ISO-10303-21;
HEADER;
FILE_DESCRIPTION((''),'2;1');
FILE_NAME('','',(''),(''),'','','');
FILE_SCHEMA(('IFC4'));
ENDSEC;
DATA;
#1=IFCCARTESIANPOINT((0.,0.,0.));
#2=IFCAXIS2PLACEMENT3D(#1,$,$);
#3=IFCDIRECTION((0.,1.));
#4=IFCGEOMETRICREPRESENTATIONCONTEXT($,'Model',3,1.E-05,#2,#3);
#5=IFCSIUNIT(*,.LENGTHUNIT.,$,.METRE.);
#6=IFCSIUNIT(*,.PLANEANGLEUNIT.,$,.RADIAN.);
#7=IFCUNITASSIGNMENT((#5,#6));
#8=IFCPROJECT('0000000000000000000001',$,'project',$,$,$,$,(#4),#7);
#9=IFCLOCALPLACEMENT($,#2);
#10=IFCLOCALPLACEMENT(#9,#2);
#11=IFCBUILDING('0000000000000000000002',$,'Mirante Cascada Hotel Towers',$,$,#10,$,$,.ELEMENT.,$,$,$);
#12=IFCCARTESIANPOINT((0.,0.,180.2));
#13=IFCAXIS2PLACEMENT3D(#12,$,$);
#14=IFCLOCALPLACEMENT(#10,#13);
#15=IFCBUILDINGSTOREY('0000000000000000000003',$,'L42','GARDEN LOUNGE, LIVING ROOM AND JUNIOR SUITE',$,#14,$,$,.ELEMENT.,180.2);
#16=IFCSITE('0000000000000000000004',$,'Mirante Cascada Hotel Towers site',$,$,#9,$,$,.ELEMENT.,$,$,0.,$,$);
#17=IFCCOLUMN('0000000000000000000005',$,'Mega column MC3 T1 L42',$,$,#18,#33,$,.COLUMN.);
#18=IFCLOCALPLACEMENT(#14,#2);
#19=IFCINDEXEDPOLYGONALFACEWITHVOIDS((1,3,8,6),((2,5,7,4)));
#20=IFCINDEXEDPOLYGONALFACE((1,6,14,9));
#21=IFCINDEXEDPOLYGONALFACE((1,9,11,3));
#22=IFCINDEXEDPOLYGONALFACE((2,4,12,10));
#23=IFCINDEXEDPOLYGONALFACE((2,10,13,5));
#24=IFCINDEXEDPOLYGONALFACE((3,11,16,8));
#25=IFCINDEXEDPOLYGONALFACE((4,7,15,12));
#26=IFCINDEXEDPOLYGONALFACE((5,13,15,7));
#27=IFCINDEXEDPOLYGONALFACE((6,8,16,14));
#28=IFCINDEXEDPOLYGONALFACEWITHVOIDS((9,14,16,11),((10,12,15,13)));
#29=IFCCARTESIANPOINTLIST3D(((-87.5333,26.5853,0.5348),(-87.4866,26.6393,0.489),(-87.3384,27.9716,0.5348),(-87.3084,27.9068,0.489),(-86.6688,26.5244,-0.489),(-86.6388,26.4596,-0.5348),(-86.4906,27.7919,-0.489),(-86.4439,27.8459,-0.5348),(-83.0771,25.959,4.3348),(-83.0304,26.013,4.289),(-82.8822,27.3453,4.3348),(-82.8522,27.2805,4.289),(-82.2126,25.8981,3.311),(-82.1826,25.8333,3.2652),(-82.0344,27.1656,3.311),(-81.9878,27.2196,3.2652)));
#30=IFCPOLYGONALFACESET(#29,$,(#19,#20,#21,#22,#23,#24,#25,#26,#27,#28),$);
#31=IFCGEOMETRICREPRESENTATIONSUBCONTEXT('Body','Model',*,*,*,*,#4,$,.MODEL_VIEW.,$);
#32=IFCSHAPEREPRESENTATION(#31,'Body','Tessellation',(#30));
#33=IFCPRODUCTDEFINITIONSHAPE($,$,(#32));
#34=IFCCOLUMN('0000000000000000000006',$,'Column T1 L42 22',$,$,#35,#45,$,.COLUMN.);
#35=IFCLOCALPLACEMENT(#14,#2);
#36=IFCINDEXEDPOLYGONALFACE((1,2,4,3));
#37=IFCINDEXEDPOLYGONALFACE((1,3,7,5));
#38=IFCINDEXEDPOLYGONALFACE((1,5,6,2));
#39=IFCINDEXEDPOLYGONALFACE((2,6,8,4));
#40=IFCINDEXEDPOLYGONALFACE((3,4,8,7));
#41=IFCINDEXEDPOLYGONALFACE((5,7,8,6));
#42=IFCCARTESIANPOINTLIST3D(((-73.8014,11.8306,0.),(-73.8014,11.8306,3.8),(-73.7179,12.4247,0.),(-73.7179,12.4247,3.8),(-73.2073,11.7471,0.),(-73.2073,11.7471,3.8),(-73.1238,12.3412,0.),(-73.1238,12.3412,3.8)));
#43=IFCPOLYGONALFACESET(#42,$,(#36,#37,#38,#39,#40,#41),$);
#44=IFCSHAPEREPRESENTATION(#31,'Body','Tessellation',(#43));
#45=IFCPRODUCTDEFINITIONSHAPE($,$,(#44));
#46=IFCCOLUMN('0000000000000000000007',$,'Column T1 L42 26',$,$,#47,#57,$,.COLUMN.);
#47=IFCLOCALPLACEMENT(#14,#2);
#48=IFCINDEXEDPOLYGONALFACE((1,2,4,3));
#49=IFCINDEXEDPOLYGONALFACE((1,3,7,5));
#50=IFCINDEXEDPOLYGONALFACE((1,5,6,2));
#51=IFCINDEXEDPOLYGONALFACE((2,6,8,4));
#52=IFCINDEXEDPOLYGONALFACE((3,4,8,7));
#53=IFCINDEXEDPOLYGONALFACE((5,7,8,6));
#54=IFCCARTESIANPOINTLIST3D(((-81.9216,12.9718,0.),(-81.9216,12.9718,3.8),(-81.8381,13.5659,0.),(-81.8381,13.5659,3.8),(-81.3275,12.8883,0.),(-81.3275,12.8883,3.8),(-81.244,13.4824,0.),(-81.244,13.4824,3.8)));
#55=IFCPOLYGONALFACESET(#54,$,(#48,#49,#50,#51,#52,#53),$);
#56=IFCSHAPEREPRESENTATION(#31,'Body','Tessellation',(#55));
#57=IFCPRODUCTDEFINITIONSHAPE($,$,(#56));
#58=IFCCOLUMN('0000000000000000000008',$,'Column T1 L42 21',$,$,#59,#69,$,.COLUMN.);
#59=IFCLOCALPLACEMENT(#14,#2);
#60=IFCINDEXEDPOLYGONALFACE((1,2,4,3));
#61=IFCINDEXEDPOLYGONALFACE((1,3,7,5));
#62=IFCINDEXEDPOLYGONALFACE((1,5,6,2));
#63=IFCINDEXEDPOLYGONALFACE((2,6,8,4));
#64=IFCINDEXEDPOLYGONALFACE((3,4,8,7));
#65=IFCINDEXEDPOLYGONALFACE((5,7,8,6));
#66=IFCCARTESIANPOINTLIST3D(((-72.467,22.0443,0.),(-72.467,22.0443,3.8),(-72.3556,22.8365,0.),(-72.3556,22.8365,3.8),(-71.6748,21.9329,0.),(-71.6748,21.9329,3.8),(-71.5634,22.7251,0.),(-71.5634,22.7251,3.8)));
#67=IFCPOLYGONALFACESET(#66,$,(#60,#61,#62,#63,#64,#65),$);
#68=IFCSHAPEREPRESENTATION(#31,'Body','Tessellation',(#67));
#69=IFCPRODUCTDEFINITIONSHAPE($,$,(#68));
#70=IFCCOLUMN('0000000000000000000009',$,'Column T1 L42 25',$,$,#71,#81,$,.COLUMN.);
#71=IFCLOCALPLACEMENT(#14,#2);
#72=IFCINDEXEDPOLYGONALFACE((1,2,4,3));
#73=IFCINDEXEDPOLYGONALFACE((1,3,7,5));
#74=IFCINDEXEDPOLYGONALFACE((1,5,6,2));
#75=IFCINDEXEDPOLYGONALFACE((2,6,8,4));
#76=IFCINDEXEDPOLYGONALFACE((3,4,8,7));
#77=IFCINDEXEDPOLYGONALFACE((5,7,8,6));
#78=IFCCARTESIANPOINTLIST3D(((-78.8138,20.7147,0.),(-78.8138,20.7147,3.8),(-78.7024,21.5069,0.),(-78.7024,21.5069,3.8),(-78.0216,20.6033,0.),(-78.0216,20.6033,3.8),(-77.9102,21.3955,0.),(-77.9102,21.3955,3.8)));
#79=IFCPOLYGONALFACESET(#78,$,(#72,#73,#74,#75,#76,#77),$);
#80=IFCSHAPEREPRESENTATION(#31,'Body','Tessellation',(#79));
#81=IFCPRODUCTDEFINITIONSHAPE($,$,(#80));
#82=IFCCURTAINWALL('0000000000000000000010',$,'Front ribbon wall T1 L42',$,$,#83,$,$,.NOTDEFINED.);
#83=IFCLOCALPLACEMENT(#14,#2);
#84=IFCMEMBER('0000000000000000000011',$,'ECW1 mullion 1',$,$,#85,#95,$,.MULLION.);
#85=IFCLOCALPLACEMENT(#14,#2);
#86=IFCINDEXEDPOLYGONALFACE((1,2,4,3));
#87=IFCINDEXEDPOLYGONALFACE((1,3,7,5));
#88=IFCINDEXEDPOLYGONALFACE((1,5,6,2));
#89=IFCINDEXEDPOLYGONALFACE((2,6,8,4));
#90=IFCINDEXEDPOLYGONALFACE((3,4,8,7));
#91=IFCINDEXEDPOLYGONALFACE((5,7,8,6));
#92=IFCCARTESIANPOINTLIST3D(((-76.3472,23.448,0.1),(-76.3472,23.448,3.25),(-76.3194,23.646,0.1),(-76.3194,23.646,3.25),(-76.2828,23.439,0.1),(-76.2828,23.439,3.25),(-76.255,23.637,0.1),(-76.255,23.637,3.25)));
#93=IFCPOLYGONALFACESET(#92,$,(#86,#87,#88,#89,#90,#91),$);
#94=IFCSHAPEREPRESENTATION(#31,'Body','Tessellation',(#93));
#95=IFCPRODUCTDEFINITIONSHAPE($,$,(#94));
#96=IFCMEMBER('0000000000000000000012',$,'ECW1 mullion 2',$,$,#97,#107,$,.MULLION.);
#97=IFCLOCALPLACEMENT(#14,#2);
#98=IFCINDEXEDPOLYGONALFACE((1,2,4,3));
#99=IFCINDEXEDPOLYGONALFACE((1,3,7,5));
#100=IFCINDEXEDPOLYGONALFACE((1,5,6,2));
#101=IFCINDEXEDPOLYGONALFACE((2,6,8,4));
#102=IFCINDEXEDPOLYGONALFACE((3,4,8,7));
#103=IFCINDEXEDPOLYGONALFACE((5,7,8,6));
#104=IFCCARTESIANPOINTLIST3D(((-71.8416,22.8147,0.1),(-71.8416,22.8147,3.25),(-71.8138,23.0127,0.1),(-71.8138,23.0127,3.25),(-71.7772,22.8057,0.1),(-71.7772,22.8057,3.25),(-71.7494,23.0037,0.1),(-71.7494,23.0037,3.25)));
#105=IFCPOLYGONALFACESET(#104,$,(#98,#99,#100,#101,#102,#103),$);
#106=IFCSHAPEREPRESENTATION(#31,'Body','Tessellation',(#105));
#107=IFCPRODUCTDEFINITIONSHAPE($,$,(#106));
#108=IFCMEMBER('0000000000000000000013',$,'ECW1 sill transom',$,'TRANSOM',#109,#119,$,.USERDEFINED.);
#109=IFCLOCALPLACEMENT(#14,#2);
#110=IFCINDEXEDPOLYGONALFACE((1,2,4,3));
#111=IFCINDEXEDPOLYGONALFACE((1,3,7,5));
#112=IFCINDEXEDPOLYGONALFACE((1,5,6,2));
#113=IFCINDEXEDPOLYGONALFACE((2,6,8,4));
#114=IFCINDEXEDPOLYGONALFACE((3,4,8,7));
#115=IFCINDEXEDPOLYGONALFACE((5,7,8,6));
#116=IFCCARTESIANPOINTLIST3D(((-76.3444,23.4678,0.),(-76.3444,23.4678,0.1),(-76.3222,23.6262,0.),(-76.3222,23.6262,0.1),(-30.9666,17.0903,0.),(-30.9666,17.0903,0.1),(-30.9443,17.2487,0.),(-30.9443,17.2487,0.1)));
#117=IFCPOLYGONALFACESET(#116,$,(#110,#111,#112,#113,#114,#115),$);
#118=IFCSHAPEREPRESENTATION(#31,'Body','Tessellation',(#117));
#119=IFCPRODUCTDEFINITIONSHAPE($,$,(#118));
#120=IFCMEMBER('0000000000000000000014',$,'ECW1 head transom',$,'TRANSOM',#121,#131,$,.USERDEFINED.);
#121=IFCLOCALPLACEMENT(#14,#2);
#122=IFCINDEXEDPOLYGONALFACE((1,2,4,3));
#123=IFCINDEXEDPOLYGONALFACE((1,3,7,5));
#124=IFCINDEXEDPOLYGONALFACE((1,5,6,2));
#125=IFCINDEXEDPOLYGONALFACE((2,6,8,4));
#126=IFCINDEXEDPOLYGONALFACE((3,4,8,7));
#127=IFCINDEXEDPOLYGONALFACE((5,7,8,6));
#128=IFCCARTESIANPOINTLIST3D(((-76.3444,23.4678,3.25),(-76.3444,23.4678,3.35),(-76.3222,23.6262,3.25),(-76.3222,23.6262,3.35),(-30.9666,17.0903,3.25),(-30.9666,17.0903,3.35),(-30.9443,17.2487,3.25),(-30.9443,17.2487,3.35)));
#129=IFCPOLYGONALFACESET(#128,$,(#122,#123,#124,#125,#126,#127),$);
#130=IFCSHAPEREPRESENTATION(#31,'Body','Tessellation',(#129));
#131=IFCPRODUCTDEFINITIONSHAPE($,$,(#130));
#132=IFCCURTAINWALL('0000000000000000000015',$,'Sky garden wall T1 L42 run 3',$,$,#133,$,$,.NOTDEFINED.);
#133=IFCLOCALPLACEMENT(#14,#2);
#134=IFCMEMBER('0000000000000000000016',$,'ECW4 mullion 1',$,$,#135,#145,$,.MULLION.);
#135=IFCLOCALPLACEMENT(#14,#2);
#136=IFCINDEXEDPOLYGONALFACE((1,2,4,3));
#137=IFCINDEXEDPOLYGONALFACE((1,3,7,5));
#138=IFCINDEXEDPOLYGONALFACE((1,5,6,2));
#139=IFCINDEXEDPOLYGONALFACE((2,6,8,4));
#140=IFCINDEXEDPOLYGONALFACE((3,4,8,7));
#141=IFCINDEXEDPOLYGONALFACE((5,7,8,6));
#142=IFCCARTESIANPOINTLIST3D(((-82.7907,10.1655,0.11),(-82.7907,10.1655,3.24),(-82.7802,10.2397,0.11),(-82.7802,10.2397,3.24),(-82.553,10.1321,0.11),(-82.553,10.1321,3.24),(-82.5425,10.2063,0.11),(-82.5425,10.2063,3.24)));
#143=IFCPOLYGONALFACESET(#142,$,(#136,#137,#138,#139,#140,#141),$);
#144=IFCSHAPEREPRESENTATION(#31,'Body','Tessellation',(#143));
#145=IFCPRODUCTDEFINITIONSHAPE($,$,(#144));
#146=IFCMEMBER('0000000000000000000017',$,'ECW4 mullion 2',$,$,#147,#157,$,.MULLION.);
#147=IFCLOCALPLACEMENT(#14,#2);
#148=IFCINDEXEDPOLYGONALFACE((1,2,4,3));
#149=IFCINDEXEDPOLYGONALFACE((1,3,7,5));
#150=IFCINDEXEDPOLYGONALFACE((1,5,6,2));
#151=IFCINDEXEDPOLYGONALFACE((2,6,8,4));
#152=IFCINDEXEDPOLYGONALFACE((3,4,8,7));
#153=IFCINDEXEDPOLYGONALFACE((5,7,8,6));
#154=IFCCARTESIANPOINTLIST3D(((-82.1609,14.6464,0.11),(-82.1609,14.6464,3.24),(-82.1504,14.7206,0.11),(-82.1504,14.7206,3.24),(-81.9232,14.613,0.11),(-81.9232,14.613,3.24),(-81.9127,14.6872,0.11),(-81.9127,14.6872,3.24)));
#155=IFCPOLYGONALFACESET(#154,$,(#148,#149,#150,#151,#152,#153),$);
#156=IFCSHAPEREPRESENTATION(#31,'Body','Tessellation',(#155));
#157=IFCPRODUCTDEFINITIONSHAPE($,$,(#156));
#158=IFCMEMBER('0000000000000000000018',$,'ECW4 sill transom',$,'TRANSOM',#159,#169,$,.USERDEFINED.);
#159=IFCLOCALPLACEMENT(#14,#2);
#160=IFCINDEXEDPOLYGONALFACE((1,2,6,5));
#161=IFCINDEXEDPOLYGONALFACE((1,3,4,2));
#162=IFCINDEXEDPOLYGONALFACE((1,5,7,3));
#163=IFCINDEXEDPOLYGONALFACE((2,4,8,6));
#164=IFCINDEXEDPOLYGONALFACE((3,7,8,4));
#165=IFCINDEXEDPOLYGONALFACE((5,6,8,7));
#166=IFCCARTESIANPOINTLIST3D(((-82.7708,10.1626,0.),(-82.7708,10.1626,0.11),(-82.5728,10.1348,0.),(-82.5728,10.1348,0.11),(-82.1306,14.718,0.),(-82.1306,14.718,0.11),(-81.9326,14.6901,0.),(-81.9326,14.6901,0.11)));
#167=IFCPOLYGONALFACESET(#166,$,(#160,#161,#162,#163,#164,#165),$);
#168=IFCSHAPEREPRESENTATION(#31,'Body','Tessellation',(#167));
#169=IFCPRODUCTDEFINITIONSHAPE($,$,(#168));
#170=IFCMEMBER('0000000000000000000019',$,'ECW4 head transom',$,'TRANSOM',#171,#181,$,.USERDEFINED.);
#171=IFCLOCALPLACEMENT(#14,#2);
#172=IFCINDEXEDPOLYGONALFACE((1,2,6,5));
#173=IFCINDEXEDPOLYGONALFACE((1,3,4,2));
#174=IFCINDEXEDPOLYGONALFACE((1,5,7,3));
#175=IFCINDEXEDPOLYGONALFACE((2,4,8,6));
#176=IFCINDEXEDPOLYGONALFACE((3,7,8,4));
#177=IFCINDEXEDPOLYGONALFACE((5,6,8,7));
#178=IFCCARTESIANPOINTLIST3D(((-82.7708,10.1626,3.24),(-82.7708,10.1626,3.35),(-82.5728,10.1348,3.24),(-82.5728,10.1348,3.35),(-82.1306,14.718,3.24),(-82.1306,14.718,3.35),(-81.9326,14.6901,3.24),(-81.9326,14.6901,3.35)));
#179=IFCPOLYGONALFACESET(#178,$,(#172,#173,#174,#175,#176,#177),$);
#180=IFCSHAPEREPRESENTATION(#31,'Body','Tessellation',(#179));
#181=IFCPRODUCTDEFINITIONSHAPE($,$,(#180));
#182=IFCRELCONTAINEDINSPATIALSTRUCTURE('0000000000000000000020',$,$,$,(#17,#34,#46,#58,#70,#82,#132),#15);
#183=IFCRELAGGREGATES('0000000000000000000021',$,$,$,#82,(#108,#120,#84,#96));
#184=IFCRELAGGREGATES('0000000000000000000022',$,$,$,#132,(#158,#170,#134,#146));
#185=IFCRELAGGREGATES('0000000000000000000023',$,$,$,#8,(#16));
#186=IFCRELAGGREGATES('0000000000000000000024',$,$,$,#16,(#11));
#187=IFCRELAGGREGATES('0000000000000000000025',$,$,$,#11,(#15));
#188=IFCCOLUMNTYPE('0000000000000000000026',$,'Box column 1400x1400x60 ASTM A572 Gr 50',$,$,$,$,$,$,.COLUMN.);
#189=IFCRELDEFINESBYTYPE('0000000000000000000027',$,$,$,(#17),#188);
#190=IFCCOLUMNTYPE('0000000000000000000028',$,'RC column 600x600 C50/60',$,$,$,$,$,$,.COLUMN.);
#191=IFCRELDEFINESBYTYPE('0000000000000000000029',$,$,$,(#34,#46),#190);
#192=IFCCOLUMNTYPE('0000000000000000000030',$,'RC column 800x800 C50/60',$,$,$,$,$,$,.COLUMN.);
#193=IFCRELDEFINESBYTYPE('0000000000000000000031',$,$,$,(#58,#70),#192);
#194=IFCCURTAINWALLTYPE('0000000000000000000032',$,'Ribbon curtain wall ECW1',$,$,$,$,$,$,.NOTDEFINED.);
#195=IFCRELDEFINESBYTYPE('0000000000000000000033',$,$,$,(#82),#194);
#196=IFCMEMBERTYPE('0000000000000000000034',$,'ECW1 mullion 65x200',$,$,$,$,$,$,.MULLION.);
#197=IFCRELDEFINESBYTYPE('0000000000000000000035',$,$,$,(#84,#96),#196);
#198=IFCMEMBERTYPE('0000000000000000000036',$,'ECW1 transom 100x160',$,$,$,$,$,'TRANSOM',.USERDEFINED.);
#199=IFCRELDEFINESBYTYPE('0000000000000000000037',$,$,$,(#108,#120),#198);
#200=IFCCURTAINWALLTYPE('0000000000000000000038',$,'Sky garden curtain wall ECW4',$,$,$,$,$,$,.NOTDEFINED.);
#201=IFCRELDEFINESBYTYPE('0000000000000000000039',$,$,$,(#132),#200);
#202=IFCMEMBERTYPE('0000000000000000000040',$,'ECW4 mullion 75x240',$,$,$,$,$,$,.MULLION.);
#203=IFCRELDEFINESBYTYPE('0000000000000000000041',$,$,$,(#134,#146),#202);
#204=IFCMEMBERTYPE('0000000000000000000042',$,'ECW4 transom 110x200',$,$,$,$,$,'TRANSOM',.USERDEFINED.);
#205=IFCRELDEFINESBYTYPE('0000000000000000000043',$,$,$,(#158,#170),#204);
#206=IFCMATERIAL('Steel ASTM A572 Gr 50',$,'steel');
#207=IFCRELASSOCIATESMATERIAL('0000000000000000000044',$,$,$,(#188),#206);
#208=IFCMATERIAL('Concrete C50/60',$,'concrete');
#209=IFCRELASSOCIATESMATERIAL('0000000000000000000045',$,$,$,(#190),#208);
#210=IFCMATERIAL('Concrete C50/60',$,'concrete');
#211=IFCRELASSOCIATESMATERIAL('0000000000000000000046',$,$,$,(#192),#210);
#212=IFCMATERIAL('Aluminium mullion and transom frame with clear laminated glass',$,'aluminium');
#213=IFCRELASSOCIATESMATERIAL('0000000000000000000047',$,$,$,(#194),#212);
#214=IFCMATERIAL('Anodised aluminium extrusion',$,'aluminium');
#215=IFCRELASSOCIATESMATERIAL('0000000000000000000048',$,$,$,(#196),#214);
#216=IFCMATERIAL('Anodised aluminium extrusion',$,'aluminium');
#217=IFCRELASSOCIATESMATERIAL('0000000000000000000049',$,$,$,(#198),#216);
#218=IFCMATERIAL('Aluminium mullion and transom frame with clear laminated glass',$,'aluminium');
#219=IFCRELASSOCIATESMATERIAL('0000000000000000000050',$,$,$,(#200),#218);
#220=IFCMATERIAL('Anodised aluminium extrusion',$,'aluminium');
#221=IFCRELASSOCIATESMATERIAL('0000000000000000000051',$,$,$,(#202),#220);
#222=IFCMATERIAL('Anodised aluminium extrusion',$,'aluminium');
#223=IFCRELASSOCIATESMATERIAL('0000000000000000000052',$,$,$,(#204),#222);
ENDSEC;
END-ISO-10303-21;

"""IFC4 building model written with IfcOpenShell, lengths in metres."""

from ifc_helpers import new_model, si_unit, direction, frame, origin, origin_2d, place, context, subcontext, project, spatial, rectangle, hollow_rectangle, extrude, material, material_profile, profile_set, type_object, element, aggregate, save


model = new_model("IFC4")

# Units and contexts
model_context = context("Model", 3, precision=1e-05, world=origin(), true_north=direction((0.0, 1.0)))
body_context = subcontext(model_context, "Body", "Model", "MODEL_VIEW")
ifc_project = project(units=[si_unit("LENGTHUNIT", "METRE"), si_unit("PLANEANGLEUNIT", "RADIAN")], contexts=[model_context])

# Site, building, storey
site_placement = place(None, origin())
site = spatial("IfcSite", under=ifc_project, at=site_placement, Name="Mirante Cascada Hotel Towers site", CompositionType="ELEMENT", RefElevation=0.0)
building_placement = place(site_placement, origin())
building = spatial("IfcBuilding", under=site, at=building_placement, Name="Mirante Cascada Hotel Towers", CompositionType="ELEMENT")
storey_placement = place(building_placement, frame((0.0, 0.0, 180.2)))
storey = spatial("IfcBuildingStorey", under=building, at=storey_placement, Name="L42", Description="GARDEN LOUNGE, LIVING ROOM AND JUNIOR SUITE", CompositionType="ELEMENT", Elevation=180.2)

# Columns
ifc_material_1 = material(Name="Steel ASTM A572 Gr 50", Category="steel")
ifc_material_profile_1 = material_profile(ifc_material_1, hollow_rectangle(XDim=1.4, YDim=1.4, WallThickness=0.06, at=origin_2d()), Name="Box column 1400x1400x60 ASTM A572 Gr 50")
ifc_profile_set_1 = profile_set([ifc_material_profile_1], Name="Steel ASTM A572 Gr 50")
column_type_1 = type_object("IfcColumnType", Name="Box column 1400x1400x60 ASTM A572 Gr 50", PredefinedType="COLUMN", material=ifc_profile_set_1)
column_placement = place(storey_placement, frame((-86.9886, 27.2156, 0.0), z_axis=(0.756594, -0.106336, 0.645181), x_axis=(0.139178, 0.990267, 0.0)))
element("IfcColumn", 1, at=column_placement, inside=storey, type_object=column_type_1, Name="Mega column MC3 T1 L42", PredefinedType="COLUMN", context=body_context, shape_type="SweptSolid", body=[
    extrude(hollow_rectangle(XDim=1.4, YDim=1.4, WallThickness=0.06, at=origin_2d()), origin(), (0.0, 0.0, 1.0), 5.8898),
])
ifc_material_2 = material(Name="Concrete C50/60", Category="concrete")
ifc_material_profile_2 = material_profile(ifc_material_2, rectangle(XDim=0.6, YDim=0.6, at=origin_2d()), Name="RC column 600x600 C50/60")
ifc_profile_set_2 = profile_set([ifc_material_profile_2], Name="Concrete C50/60")
column_type_2 = type_object("IfcColumnType", Name="RC column 600x600 C50/60", PredefinedType="COLUMN", material=ifc_profile_set_2)
for number, where, z_axis, x_axis, name in (
    (2, (-73.4626, 12.0859, 0.0), (0.0, 0.0, 1.0), (-0.990268, 0.139173, 0.0), "Column T1 L42 22"),
    (3, (-81.5828, 13.2271, 0.0), (0.0, 0.0, 1.0), (-0.990268, 0.139173, 0.0), "Column T1 L42 26"),
):
    element("IfcColumn", number, at=place(storey_placement, frame(where, z_axis=z_axis, x_axis=x_axis)), inside=storey, type_object=column_type_2, Name=name, PredefinedType="COLUMN", context=body_context, shape_type="SweptSolid", body=[
        extrude(rectangle(XDim=0.6, YDim=0.6, at=origin_2d()), origin(), (0.0, 0.0, 1.0), 3.8),
    ])
ifc_material_3 = material(Name="Concrete C50/60", Category="concrete")
ifc_material_profile_3 = material_profile(ifc_material_3, rectangle(XDim=0.8, YDim=0.8, at=origin_2d()), Name="RC column 800x800 C50/60")
ifc_profile_set_3 = profile_set([ifc_material_profile_3], Name="Concrete C50/60")
column_type_3 = type_object("IfcColumnType", Name="RC column 800x800 C50/60", PredefinedType="COLUMN", material=ifc_profile_set_3)
for number, where, z_axis, x_axis, name in (
    (4, (-72.0152, 22.3847, 0.0), (0.0, 0.0, 1.0), (-0.990268, 0.139173, 0.0), "Column T1 L42 21"),
    (5, (-78.362, 21.0551, 0.0), (0.0, 0.0, 1.0), (-0.990268, 0.139173, 0.0), "Column T1 L42 25"),
):
    element("IfcColumn", number, at=place(storey_placement, frame(where, z_axis=z_axis, x_axis=x_axis)), inside=storey, type_object=column_type_3, Name=name, PredefinedType="COLUMN", context=body_context, shape_type="SweptSolid", body=[
        extrude(rectangle(XDim=0.8, YDim=0.8, at=origin_2d()), origin(), (0.0, 0.0, 1.0), 3.8),
    ])

# Curtain walls, members
ifc_material_4 = material(Name="Aluminium mullion and transom frame with clear laminated glass", Category="aluminium")
curtain_wall_type_1 = type_object("IfcCurtainWallType", Name="Ribbon curtain wall ECW1", PredefinedType="NOTDEFINED", material=ifc_material_4)
curtain_wall_1_placement = place(storey_placement, origin())
curtain_wall_1 = element("IfcCurtainWall", 6, at=curtain_wall_1_placement, inside=storey, type_object=curtain_wall_type_1, Name="Front ribbon wall T1 L42", PredefinedType="NOTDEFINED")
ifc_material_5 = material(Name="Anodised aluminium extrusion", Category="aluminium")
ifc_material_profile_4 = material_profile(ifc_material_5, rectangle(XDim=0.2, YDim=0.065, at=origin_2d()), Name="ECW1 MULLION 65x200")
ifc_profile_set_4 = profile_set([ifc_material_profile_4], Name="Anodised aluminium extrusion")
member_type_1 = type_object("IfcMemberType", Name="ECW1 mullion 65x200", PredefinedType="MULLION", material=ifc_profile_set_4)
member_1_placement = place(storey_placement, frame((-76.3011, 23.5425, 0.1), z_axis=(0.0, 0.0, 1.0), x_axis=(0.139173, 0.990268, 0.0)))
member_1 = element("IfcMember", 7, at=member_1_placement, type_object=member_type_1, Name="ECW1 mullion 1", PredefinedType="MULLION", context=body_context, shape_type="SweptSolid", body=[
    extrude(rectangle(XDim=0.2, YDim=0.065, at=origin_2d()), origin(), (0.0, 0.0, 1.0), 3.15),
])
member_2_placement = place(storey_placement, frame((-71.7955, 22.9092, 0.1), z_axis=(0.0, 0.0, 1.0), x_axis=(0.139173, 0.990268, 0.0)))
member_2 = element("IfcMember", 8, at=member_2_placement, type_object=member_type_1, Name="ECW1 mullion 2", PredefinedType="MULLION", context=body_context, shape_type="SweptSolid", body=[
    extrude(rectangle(XDim=0.2, YDim=0.065, at=origin_2d()), origin(), (0.0, 0.0, 1.0), 3.15),
])
ifc_material_6 = material(Name="Anodised aluminium extrusion", Category="aluminium")
ifc_material_profile_5 = material_profile(ifc_material_6, rectangle(XDim=0.16, YDim=0.1, at=origin_2d()), Name="ECW1 TRANSOM 100x160")
ifc_profile_set_5 = profile_set([ifc_material_profile_5], Name="Anodised aluminium extrusion")
member_type_2 = type_object("IfcMemberType", Name="ECW1 transom 100x160", ElementType="TRANSOM", PredefinedType="USERDEFINED", material=ifc_profile_set_5)
member_3_placement = place(storey_placement, frame((-76.3333, 23.547, 0.05), z_axis=(0.990268, -0.139175, 0.0), x_axis=(0.139175, 0.990268, 0.0)))
member_3 = element("IfcMember", 9, at=member_3_placement, type_object=member_type_2, Name="ECW1 sill transom", ObjectType="TRANSOM", PredefinedType="USERDEFINED", context=body_context, shape_type="SweptSolid", body=[
    extrude(rectangle(XDim=0.16, YDim=0.1, at=origin_2d()), origin(), (0.0, 0.0, 1.0), 45.8238),
])
member_4_placement = place(storey_placement, frame((-76.3333, 23.547, 3.3), z_axis=(0.990268, -0.139175, 0.0), x_axis=(0.139175, 0.990268, 0.0)))
member_4 = element("IfcMember", 10, at=member_4_placement, type_object=member_type_2, Name="ECW1 head transom", ObjectType="TRANSOM", PredefinedType="USERDEFINED", context=body_context, shape_type="SweptSolid", body=[
    extrude(rectangle(XDim=0.16, YDim=0.1, at=origin_2d()), origin(), (0.0, 0.0, 1.0), 45.8238),
])
ifc_material_7 = material(Name="Aluminium mullion and transom frame with clear laminated glass", Category="aluminium")
curtain_wall_type_2 = type_object("IfcCurtainWallType", Name="Sky garden curtain wall ECW4", PredefinedType="NOTDEFINED", material=ifc_material_7)
curtain_wall_2_placement = place(storey_placement, origin())
curtain_wall_2 = element("IfcCurtainWall", 11, at=curtain_wall_2_placement, inside=storey, type_object=curtain_wall_type_2, Name="Sky garden wall T1 L42 run 3", PredefinedType="NOTDEFINED")
ifc_material_8 = material(Name="Anodised aluminium extrusion", Category="aluminium")
ifc_material_profile_6 = material_profile(ifc_material_8, rectangle(XDim=0.24, YDim=0.075, at=origin_2d()), Name="ECW4 MULLION 75x240")
ifc_profile_set_6 = profile_set([ifc_material_profile_6], Name="Anodised aluminium extrusion")
member_type_3 = type_object("IfcMemberType", Name="ECW4 mullion 75x240", PredefinedType="MULLION", material=ifc_profile_set_6)
member_5_placement = place(storey_placement, frame((-82.6666, 10.1859, 0.11), z_axis=(0.0, 0.0, 1.0), x_axis=(-0.990268, 0.139173, 0.0)))
member_5 = element("IfcMember", 12, at=member_5_placement, type_object=member_type_3, Name="ECW4 mullion 1", PredefinedType="MULLION", context=body_context, shape_type="SweptSolid", body=[
    extrude(rectangle(XDim=0.24, YDim=0.075, at=origin_2d()), origin(), (0.0, 0.0, 1.0), 3.13),
])
member_6_placement = place(storey_placement, frame((-82.0368, 14.6668, 0.11), z_axis=(0.0, 0.0, 1.0), x_axis=(-0.990268, 0.139173, 0.0)))
member_6 = element("IfcMember", 13, at=member_6_placement, type_object=member_type_3, Name="ECW4 mullion 2", PredefinedType="MULLION", context=body_context, shape_type="SweptSolid", body=[
    extrude(rectangle(XDim=0.24, YDim=0.075, at=origin_2d()), origin(), (0.0, 0.0, 1.0), 3.13),
])
ifc_material_9 = material(Name="Anodised aluminium extrusion", Category="aluminium")
ifc_material_profile_7 = material_profile(ifc_material_9, rectangle(XDim=0.2, YDim=0.11, at=origin_2d()), Name="ECW4 TRANSOM 110x200")
ifc_profile_set_7 = profile_set([ifc_material_profile_7], Name="Anodised aluminium extrusion")
member_type_4 = type_object("IfcMemberType", Name="ECW4 transom 110x200", ElementType="TRANSOM", PredefinedType="USERDEFINED", material=ifc_profile_set_7)
member_7_placement = place(storey_placement, frame((-82.6718, 10.1487, 0.055), z_axis=(0.139172, 0.990268, 0.0), x_axis=(-0.990268, 0.139172, 0.0)))
member_7 = element("IfcMember", 14, at=member_7_placement, type_object=member_type_4, Name="ECW4 sill transom", ObjectType="TRANSOM", PredefinedType="USERDEFINED", context=body_context, shape_type="SweptSolid", body=[
    extrude(rectangle(XDim=0.2, YDim=0.11, at=origin_2d()), origin(), (0.0, 0.0, 1.0), 4.6001),
])
member_8_placement = place(storey_placement, frame((-82.6718, 10.1487, 3.295), z_axis=(0.139172, 0.990268, 0.0), x_axis=(-0.990268, 0.139172, 0.0)))
member_8 = element("IfcMember", 15, at=member_8_placement, type_object=member_type_4, Name="ECW4 head transom", ObjectType="TRANSOM", PredefinedType="USERDEFINED", context=body_context, shape_type="SweptSolid", body=[
    extrude(rectangle(XDim=0.2, YDim=0.11, at=origin_2d()), origin(), (0.0, 0.0, 1.0), 4.6001),
])

aggregate(curtain_wall_1, [member_3, member_4, member_1, member_2])
aggregate(curtain_wall_2, [member_7, member_8, member_5, member_6])

save(model, "model.ifc")
